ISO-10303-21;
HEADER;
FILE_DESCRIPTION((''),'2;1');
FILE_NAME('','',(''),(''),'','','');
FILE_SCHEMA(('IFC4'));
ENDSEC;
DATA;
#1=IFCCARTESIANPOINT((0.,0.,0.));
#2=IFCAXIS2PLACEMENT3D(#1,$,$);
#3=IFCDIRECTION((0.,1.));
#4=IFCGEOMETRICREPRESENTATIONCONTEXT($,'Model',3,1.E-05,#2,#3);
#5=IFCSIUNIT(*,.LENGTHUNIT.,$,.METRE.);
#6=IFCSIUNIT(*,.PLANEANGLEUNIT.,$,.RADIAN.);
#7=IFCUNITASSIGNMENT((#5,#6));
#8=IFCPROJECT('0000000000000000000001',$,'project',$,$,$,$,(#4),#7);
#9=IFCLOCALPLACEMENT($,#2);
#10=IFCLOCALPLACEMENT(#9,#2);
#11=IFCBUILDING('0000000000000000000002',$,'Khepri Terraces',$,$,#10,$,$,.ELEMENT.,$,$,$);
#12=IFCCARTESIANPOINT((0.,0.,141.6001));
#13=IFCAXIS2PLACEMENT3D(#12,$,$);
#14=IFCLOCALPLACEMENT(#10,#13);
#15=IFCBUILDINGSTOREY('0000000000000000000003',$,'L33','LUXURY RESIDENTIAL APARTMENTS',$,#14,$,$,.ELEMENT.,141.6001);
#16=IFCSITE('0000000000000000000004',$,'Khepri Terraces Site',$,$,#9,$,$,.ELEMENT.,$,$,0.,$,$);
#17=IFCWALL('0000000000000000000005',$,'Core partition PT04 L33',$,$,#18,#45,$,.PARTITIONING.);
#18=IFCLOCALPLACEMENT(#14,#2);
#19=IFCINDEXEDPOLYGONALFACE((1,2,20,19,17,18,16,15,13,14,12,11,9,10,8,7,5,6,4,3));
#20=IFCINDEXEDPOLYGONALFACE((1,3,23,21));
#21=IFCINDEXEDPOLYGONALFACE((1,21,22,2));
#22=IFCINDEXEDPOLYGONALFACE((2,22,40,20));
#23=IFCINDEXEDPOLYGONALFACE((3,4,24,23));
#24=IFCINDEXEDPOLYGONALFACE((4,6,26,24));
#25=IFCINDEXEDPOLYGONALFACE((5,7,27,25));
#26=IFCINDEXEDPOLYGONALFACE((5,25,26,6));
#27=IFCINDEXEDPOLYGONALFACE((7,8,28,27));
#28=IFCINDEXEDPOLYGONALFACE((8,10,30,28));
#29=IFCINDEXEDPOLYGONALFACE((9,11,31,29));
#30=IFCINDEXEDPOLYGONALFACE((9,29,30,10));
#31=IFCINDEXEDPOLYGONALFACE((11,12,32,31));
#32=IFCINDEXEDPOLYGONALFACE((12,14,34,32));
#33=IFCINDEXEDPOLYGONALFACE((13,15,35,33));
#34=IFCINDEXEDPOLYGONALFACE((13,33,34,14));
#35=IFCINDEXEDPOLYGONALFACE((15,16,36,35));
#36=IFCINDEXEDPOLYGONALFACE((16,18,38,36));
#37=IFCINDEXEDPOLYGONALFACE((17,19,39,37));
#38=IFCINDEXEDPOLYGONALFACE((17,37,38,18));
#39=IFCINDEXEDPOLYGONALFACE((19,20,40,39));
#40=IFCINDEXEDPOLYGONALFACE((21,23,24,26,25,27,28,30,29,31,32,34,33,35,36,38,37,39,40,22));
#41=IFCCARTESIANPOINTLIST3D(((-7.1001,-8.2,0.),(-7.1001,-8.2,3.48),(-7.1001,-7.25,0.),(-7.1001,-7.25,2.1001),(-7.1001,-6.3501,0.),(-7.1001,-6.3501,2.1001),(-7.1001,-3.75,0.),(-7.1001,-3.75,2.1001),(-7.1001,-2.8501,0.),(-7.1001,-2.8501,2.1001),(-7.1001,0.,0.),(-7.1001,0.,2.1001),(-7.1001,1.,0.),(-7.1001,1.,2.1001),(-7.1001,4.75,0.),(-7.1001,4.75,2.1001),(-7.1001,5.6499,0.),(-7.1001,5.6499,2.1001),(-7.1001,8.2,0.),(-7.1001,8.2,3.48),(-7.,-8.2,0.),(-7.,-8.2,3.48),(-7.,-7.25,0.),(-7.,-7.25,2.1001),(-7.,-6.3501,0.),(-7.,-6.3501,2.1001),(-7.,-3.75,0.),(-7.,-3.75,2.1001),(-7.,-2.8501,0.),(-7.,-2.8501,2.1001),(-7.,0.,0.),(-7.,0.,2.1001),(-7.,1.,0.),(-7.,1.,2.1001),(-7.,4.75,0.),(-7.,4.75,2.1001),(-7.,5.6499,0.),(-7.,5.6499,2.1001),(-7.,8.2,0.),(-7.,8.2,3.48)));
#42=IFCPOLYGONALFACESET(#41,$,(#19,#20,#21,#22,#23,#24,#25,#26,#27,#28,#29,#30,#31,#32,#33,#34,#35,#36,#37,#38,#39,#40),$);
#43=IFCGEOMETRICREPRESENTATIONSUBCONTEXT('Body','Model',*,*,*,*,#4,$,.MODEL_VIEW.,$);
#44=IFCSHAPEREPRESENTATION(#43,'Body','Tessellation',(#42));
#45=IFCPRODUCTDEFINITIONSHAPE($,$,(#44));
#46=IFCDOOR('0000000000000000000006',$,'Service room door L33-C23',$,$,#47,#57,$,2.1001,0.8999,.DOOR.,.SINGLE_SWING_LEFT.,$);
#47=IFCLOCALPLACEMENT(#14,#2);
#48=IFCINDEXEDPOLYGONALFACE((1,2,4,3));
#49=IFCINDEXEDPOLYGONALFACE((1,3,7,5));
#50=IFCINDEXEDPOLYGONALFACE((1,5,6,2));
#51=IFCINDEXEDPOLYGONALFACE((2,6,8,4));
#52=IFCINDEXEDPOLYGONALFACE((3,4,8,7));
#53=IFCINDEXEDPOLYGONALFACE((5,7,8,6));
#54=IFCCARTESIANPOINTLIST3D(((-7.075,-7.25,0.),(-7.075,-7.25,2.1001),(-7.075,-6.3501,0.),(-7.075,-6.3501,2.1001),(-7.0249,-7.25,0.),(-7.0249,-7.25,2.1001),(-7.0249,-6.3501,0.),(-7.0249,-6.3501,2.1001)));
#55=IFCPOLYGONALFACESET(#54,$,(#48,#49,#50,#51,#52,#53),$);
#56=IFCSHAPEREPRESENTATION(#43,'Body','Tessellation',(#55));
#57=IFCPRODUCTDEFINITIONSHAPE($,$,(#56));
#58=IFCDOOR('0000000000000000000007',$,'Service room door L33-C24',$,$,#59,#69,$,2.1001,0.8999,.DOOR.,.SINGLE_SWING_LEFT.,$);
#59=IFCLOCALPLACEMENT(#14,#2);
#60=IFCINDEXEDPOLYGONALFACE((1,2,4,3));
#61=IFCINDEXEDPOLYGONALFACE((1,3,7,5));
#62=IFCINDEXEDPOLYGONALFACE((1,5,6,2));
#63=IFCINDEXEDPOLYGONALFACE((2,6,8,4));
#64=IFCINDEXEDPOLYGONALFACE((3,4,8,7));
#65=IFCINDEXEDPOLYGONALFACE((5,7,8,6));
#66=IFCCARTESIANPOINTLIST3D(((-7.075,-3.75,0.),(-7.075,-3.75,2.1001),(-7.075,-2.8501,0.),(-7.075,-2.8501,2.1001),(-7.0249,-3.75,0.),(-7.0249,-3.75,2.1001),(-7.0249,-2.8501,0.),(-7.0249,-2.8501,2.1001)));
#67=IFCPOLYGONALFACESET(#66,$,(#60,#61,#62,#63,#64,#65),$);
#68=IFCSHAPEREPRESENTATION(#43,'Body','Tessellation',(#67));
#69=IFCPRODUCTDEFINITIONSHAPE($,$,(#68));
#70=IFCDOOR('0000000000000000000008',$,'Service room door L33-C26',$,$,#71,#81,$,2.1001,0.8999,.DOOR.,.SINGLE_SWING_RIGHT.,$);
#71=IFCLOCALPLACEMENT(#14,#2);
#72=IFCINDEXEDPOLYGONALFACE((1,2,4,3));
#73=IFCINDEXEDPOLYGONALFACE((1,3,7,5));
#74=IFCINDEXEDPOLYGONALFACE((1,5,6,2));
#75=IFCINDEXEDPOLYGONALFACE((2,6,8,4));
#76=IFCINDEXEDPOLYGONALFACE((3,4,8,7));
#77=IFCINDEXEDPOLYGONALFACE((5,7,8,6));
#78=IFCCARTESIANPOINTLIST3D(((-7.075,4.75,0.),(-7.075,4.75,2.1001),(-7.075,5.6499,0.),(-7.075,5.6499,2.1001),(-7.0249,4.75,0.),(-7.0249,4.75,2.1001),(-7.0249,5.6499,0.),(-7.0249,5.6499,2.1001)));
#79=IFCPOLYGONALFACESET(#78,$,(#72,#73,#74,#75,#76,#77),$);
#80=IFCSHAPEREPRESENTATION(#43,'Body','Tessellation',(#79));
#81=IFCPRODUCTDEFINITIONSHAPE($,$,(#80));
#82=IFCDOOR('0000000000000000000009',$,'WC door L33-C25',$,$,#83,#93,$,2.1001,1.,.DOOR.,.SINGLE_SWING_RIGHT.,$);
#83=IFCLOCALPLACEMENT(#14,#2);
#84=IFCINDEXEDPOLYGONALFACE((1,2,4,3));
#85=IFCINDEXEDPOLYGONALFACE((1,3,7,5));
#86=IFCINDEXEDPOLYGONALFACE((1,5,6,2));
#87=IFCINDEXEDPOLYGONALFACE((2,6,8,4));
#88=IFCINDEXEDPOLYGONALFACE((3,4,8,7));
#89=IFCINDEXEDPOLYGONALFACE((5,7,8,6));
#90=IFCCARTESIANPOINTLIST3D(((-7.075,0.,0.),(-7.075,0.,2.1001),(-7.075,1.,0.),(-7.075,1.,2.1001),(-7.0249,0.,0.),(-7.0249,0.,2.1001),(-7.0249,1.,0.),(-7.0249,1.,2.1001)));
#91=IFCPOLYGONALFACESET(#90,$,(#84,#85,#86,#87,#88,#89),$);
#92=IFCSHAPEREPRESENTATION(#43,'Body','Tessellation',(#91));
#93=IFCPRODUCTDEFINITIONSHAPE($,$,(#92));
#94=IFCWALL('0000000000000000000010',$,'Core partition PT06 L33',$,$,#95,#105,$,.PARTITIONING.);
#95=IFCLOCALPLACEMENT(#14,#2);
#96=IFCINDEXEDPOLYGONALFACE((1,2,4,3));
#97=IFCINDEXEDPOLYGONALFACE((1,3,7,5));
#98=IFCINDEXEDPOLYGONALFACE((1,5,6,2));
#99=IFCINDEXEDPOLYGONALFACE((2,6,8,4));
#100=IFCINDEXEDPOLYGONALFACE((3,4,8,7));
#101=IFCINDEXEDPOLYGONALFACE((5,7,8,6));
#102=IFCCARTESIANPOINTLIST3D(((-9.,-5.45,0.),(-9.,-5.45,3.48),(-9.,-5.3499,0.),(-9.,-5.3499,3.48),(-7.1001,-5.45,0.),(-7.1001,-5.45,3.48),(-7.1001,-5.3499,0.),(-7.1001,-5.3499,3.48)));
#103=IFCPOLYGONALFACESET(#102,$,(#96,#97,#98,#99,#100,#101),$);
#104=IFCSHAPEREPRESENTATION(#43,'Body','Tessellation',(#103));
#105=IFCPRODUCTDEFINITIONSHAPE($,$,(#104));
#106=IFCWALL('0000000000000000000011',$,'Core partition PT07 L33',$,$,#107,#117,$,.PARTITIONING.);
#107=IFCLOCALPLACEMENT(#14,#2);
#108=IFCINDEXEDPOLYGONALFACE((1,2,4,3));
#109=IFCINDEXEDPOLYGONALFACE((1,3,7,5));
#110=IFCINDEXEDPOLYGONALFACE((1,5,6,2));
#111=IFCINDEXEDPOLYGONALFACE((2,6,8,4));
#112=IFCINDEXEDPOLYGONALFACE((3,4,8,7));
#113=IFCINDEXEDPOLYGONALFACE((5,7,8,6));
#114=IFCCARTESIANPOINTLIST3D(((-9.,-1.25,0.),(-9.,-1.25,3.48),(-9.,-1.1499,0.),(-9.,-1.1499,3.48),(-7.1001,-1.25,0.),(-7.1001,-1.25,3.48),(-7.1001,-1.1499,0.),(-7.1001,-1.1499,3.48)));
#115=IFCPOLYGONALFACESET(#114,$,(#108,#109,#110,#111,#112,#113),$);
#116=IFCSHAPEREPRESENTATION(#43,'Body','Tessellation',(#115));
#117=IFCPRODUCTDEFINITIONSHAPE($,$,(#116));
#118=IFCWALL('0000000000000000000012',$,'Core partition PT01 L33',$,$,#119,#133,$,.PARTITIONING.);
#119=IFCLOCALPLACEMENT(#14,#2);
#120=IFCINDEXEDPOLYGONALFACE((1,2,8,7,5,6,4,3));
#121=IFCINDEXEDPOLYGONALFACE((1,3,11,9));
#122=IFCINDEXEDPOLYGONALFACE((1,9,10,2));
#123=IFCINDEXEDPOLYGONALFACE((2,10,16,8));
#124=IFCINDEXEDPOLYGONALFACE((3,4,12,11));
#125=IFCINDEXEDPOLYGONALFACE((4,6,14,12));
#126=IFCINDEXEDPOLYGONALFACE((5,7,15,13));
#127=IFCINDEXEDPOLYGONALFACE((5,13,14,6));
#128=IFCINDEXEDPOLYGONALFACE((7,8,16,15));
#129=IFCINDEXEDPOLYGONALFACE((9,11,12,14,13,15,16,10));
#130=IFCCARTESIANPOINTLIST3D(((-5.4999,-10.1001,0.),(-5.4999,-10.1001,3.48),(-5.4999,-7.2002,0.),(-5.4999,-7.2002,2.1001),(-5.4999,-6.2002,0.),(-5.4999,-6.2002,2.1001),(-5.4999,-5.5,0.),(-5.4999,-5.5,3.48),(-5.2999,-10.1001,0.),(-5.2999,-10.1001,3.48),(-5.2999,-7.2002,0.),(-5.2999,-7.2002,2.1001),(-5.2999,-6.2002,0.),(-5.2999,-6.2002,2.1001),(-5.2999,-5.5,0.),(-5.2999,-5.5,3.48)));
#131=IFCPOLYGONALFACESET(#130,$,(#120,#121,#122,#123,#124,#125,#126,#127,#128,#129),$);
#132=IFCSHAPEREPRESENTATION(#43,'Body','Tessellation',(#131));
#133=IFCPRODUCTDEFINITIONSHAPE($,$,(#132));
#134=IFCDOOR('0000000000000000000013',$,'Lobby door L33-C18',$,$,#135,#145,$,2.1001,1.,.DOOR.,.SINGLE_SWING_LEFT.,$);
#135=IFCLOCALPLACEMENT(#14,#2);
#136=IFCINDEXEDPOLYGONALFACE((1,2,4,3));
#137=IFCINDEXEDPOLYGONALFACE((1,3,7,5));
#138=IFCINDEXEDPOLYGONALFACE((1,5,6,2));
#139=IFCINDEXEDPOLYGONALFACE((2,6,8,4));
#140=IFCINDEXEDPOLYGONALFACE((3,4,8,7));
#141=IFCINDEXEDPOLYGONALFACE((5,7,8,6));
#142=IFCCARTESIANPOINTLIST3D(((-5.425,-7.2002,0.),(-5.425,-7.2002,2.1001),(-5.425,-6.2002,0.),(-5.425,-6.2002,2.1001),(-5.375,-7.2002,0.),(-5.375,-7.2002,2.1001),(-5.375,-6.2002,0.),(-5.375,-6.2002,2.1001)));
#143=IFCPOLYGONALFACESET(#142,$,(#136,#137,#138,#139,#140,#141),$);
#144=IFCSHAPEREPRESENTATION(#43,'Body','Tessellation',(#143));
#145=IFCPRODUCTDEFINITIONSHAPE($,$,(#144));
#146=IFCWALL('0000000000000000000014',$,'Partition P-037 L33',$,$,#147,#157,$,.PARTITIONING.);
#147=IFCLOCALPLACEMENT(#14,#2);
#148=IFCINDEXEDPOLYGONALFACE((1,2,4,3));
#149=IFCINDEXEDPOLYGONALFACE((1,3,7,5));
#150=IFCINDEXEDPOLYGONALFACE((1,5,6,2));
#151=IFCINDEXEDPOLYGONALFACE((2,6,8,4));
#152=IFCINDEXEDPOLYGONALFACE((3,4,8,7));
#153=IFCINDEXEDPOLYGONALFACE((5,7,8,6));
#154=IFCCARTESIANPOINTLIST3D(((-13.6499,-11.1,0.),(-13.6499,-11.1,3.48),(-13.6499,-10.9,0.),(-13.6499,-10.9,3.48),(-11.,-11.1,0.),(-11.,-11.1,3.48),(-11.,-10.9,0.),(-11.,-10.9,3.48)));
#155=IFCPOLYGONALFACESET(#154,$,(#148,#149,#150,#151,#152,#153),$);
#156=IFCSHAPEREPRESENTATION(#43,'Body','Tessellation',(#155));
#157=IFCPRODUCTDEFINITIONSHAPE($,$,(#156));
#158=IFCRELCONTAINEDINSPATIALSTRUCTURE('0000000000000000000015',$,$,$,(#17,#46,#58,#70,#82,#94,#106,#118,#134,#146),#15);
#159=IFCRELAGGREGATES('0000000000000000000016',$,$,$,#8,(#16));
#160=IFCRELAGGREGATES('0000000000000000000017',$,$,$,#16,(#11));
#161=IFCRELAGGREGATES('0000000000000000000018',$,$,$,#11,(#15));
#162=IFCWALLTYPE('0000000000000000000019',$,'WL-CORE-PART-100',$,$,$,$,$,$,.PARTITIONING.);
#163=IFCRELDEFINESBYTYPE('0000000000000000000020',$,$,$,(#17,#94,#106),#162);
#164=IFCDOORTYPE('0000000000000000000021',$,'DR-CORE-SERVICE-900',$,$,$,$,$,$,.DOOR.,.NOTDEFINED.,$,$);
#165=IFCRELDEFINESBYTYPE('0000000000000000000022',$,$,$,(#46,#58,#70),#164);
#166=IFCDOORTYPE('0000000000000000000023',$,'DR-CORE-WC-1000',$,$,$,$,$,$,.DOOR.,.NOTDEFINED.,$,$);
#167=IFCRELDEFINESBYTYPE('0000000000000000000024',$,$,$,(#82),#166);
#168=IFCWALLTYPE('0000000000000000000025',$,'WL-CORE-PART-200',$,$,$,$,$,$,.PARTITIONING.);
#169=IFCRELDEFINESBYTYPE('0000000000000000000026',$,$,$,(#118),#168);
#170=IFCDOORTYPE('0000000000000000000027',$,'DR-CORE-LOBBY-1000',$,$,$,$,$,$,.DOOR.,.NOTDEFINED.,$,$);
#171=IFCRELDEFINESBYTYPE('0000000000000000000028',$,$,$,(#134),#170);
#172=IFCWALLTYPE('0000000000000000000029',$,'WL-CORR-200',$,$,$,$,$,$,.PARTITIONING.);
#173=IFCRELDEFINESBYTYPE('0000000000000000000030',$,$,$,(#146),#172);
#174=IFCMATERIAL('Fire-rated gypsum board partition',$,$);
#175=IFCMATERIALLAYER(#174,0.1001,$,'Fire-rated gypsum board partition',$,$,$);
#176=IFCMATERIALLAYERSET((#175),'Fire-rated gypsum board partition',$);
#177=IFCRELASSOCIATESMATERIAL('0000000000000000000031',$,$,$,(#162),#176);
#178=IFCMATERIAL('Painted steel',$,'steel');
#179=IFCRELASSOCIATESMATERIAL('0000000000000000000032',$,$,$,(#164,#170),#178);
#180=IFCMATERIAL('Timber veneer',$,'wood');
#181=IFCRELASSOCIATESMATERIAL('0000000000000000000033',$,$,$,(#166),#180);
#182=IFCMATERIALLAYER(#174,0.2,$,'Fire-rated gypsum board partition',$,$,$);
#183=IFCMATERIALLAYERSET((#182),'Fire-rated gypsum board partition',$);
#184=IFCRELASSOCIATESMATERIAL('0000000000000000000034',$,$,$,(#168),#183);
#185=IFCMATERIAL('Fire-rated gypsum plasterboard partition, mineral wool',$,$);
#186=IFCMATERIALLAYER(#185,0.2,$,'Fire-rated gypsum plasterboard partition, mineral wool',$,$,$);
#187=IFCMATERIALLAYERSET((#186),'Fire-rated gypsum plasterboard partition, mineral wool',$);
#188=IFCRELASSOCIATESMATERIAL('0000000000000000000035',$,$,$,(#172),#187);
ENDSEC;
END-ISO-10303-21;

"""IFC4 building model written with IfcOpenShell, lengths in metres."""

from ifc_helpers import new_model, si_unit, direction, frame, frame_2d, origin, place, context, subcontext, project, spatial, rectangle, extrude, material, layer, layer_set, type_object, element, fill, save


model = new_model("IFC4")

# Units and contexts
model_context = context("Model", 3, precision=1e-05, world=origin(), true_north=direction((0.0, 1.0)))
body_context = subcontext(model_context, "Body", "Model", "MODEL_VIEW")
ifc_project = project(units=[si_unit("LENGTHUNIT", "METRE"), si_unit("PLANEANGLEUNIT", "RADIAN")], contexts=[model_context])

# Site, building, storey
site_placement = place(None, origin())
site = spatial("IfcSite", under=ifc_project, at=site_placement, Name="Khepri Terraces Site", CompositionType="ELEMENT", RefElevation=0.0)
building_placement = place(site_placement, origin())
building = spatial("IfcBuilding", under=site, at=building_placement, Name="Khepri Terraces", CompositionType="ELEMENT")
storey_placement = place(building_placement, frame((0.0, 0.0, 141.6001)))
storey = spatial("IfcBuildingStorey", under=building, at=storey_placement, Name="L33", Description="LUXURY RESIDENTIAL APARTMENTS", CompositionType="ELEMENT", Elevation=141.6001)

# Shared definitions
ifc_material_1 = material(Name="Painted steel", Category="steel")

# Wall, openings, doors
ifc_material_2 = material(Name="Fire-rated gypsum board partition")
ifc_layer_1 = layer(ifc_material_2, 0.1001, Name="Fire-rated gypsum board partition")
ifc_layer_set_1 = layer_set([ifc_layer_1], Name="Fire-rated gypsum board partition")
wall_type_1 = type_object("IfcWallType", Name="WL-CORE-PART-100", PredefinedType="PARTITIONING", material=ifc_layer_set_1)
wall_1_placement = place(storey_placement, frame((-7.05, -8.2, 0.0), z_axis=(0.0, 0.0, 1.0), x_axis=(0.0, 1.0, 0.0)))
wall_1 = element("IfcWall", 1, at=wall_1_placement, inside=storey, type_object=wall_type_1, Name="Core partition PT04 L33", PredefinedType="PARTITIONING", context=body_context, shape_type="SweptSolid", body=[
    extrude(rectangle(XDim=16.3999, YDim=0.1001, at=frame_2d((8.2, 0.0))), origin(), (0.0, 0.0, 1.0), 3.48),
])
opening_1_placement = place(wall_1_placement, frame((0.95, 0.0, 0.0)))
opening_1 = element("IfcOpeningElement", 2, at=opening_1_placement, cuts=wall_1, PredefinedType="OPENING", context=body_context, shape_type="SweptSolid", body=[
    extrude(rectangle(XDim=0.8999, YDim=2.1001, at=frame_2d((0.45, 1.05))), frame((0.0, 0.0601, 0.0), z_axis=(0.0, -1.0, 0.0), x_axis=(1.0, 0.0, 0.0)), (0.0, 0.0, 1.0), 0.1201),
])
opening_2_placement = place(wall_1_placement, frame((4.45, 0.0, 0.0)))
opening_2 = element("IfcOpeningElement", 3, at=opening_2_placement, cuts=wall_1, PredefinedType="OPENING", context=body_context, shape_type="SweptSolid", body=[
    extrude(rectangle(XDim=0.8999, YDim=2.1001, at=frame_2d((0.45, 1.05))), frame((0.0, 0.0601, 0.0), z_axis=(0.0, -1.0, 0.0), x_axis=(1.0, 0.0, 0.0)), (0.0, 0.0, 1.0), 0.1201),
])
opening_3_placement = place(wall_1_placement, frame((8.2, 0.0, 0.0)))
opening_3 = element("IfcOpeningElement", 4, at=opening_3_placement, cuts=wall_1, PredefinedType="OPENING", context=body_context, shape_type="SweptSolid", body=[
    extrude(rectangle(XDim=1.0, YDim=2.1001, at=frame_2d((0.5, 1.05))), frame((0.0, 0.0601, 0.0), z_axis=(0.0, -1.0, 0.0), x_axis=(1.0, 0.0, 0.0)), (0.0, 0.0, 1.0), 0.1201),
])
opening_4_placement = place(wall_1_placement, frame((12.95, 0.0, 0.0)))
opening_4 = element("IfcOpeningElement", 5, at=opening_4_placement, cuts=wall_1, PredefinedType="OPENING", context=body_context, shape_type="SweptSolid", body=[
    extrude(rectangle(XDim=0.8999, YDim=2.1001, at=frame_2d((0.45, 1.05))), frame((0.0, 0.0601, 0.0), z_axis=(0.0, -1.0, 0.0), x_axis=(1.0, 0.0, 0.0)), (0.0, 0.0, 1.0), 0.1201),
])
door_type_1 = type_object("IfcDoorType", Name="DR-CORE-SERVICE-900", OperationType="NOTDEFINED", PredefinedType="DOOR", material=ifc_material_1)
door_1_placement = place(opening_1_placement, origin())
door_1 = element("IfcDoor", 6, at=door_1_placement, inside=storey, type_object=door_type_1, Name="Service room door L33-C23", OperationType="SINGLE_SWING_LEFT", OverallHeight=2.1001, OverallWidth=0.8999, PredefinedType="DOOR", context=body_context, shape_type="SweptSolid", body=[
    extrude(rectangle(XDim=0.8999, YDim=2.1001, at=frame_2d((0.45, 1.05))), frame((0.0, 0.0249, 0.0), z_axis=(0.0, -1.0, 0.0), x_axis=(1.0, 0.0, 0.0)), (0.0, 0.0, 1.0), 0.05),
])
fill(opening_1, door_1)
door_2_placement = place(opening_2_placement, origin())
door_2 = element("IfcDoor", 7, at=door_2_placement, inside=storey, type_object=door_type_1, Name="Service room door L33-C24", OperationType="SINGLE_SWING_LEFT", OverallHeight=2.1001, OverallWidth=0.8999, PredefinedType="DOOR", context=body_context, shape_type="SweptSolid", body=[
    extrude(rectangle(XDim=0.8999, YDim=2.1001, at=frame_2d((0.45, 1.05))), frame((0.0, 0.0249, 0.0), z_axis=(0.0, -1.0, 0.0), x_axis=(1.0, 0.0, 0.0)), (0.0, 0.0, 1.0), 0.05),
])
fill(opening_2, door_2)
door_3_placement = place(opening_4_placement, origin())
door_3 = element("IfcDoor", 8, at=door_3_placement, inside=storey, type_object=door_type_1, Name="Service room door L33-C26", OperationType="SINGLE_SWING_RIGHT", OverallHeight=2.1001, OverallWidth=0.8999, PredefinedType="DOOR", context=body_context, shape_type="SweptSolid", body=[
    extrude(rectangle(XDim=0.8999, YDim=2.1001, at=frame_2d((0.45, 1.05))), frame((0.0, 0.0249, 0.0), z_axis=(0.0, -1.0, 0.0), x_axis=(1.0, 0.0, 0.0)), (0.0, 0.0, 1.0), 0.05),
])
fill(opening_4, door_3)
ifc_material_3 = material(Name="Timber veneer", Category="wood")
door_type_2 = type_object("IfcDoorType", Name="DR-CORE-WC-1000", OperationType="NOTDEFINED", PredefinedType="DOOR", material=ifc_material_3)
door_4_placement = place(opening_3_placement, origin())
door_4 = element("IfcDoor", 9, at=door_4_placement, inside=storey, type_object=door_type_2, Name="WC door L33-C25", OperationType="SINGLE_SWING_RIGHT", OverallHeight=2.1001, OverallWidth=1.0, PredefinedType="DOOR", context=body_context, shape_type="SweptSolid", body=[
    extrude(rectangle(XDim=1.0, YDim=2.1001, at=frame_2d((0.5, 1.05))), frame((0.0, 0.0249, 0.0), z_axis=(0.0, -1.0, 0.0), x_axis=(1.0, 0.0, 0.0)), (0.0, 0.0, 1.0), 0.05),
])
fill(opening_3, door_4)

# Walls
for number, where, z_axis, x_axis, name in (
    (10, (-9.0, -5.3999, 0.0), (0.0, 0.0, 1.0), (1.0, 0.0, 0.0), "Core partition PT06 L33"),
    (11, (-9.0, -1.2, 0.0), (0.0, 0.0, 1.0), (1.0, 0.0, 0.0), "Core partition PT07 L33"),
):
    element("IfcWall", number, at=place(storey_placement, frame(where, z_axis=z_axis, x_axis=x_axis)), inside=storey, type_object=wall_type_1, Name=name, PredefinedType="PARTITIONING", context=body_context, shape_type="SweptSolid", body=[
        extrude(rectangle(XDim=1.8999, YDim=0.1001, at=frame_2d((0.95, 0.0))), origin(), (0.0, 0.0, 1.0), 3.48),
    ])

# Wall, opening, door
ifc_layer_2 = layer(ifc_material_2, 0.2, Name="Fire-rated gypsum board partition")
ifc_layer_set_2 = layer_set([ifc_layer_2], Name="Fire-rated gypsum board partition")
wall_type_2 = type_object("IfcWallType", Name="WL-CORE-PART-200", PredefinedType="PARTITIONING", material=ifc_layer_set_2)
wall_2_placement = place(storey_placement, frame((-5.3999, -10.1001, 0.0), z_axis=(0.0, 0.0, 1.0), x_axis=(0.0, 1.0, 0.0)))
wall_2 = element("IfcWall", 12, at=wall_2_placement, inside=storey, type_object=wall_type_2, Name="Core partition PT01 L33", PredefinedType="PARTITIONING", context=body_context, shape_type="SweptSolid", body=[
    extrude(rectangle(XDim=4.6001, YDim=0.2, at=frame_2d((2.3, 0.0))), origin(), (0.0, 0.0, 1.0), 3.48),
])
opening_5_placement = place(wall_2_placement, frame((2.8999, 0.0, 0.0)))
opening_5 = element("IfcOpeningElement", 13, at=opening_5_placement, cuts=wall_2, PredefinedType="OPENING", context=body_context, shape_type="SweptSolid", body=[
    extrude(rectangle(XDim=1.0, YDim=2.1001, at=frame_2d((0.5, 1.05))), frame((0.0, 0.1099, 0.0), z_axis=(0.0, -1.0, 0.0), x_axis=(1.0, 0.0, 0.0)), (0.0, 0.0, 1.0), 0.22),
])
door_type_3 = type_object("IfcDoorType", Name="DR-CORE-LOBBY-1000", OperationType="NOTDEFINED", PredefinedType="DOOR", material=ifc_material_1)
door_5_placement = place(opening_5_placement, frame((1.0, 0.0, 0.0), z_axis=(0.0, 0.0, 1.0), x_axis=(-1.0, 0.0, 0.0)))
door_5 = element("IfcDoor", 14, at=door_5_placement, inside=storey, type_object=door_type_3, Name="Lobby door L33-C18", OperationType="SINGLE_SWING_LEFT", OverallHeight=2.1001, OverallWidth=1.0, PredefinedType="DOOR", context=body_context, shape_type="SweptSolid", body=[
    extrude(rectangle(XDim=1.0, YDim=2.1001, at=frame_2d((0.5, 1.05))), frame((0.0, 0.0249, 0.0), z_axis=(0.0, -1.0, 0.0), x_axis=(1.0, 0.0, 0.0)), (0.0, 0.0, 1.0), 0.05),
])
fill(opening_5, door_5)

# Wall
ifc_material_4 = material(Name="Fire-rated gypsum plasterboard partition, mineral wool")
ifc_layer_3 = layer(ifc_material_4, 0.2, Name="Fire-rated gypsum plasterboard partition, mineral wool")
ifc_layer_set_3 = layer_set([ifc_layer_3], Name="Fire-rated gypsum plasterboard partition, mineral wool")
wall_type_3 = type_object("IfcWallType", Name="WL-CORR-200", PredefinedType="PARTITIONING", material=ifc_layer_set_3)
wall_3_placement = place(storey_placement, frame((-13.6499, -11.0, 0.0), z_axis=(0.0, 0.0, 1.0), x_axis=(1.0, 0.0, 0.0)))
element("IfcWall", 15, at=wall_3_placement, inside=storey, type_object=wall_type_3, Name="Partition P-037 L33", PredefinedType="PARTITIONING", context=body_context, shape_type="SweptSolid", body=[
    extrude(rectangle(XDim=2.6499, YDim=0.2, at=frame_2d((1.325, 0.0))), origin(), (0.0, 0.0, 1.0), 3.48),
])

save(model, "model.ifc")
